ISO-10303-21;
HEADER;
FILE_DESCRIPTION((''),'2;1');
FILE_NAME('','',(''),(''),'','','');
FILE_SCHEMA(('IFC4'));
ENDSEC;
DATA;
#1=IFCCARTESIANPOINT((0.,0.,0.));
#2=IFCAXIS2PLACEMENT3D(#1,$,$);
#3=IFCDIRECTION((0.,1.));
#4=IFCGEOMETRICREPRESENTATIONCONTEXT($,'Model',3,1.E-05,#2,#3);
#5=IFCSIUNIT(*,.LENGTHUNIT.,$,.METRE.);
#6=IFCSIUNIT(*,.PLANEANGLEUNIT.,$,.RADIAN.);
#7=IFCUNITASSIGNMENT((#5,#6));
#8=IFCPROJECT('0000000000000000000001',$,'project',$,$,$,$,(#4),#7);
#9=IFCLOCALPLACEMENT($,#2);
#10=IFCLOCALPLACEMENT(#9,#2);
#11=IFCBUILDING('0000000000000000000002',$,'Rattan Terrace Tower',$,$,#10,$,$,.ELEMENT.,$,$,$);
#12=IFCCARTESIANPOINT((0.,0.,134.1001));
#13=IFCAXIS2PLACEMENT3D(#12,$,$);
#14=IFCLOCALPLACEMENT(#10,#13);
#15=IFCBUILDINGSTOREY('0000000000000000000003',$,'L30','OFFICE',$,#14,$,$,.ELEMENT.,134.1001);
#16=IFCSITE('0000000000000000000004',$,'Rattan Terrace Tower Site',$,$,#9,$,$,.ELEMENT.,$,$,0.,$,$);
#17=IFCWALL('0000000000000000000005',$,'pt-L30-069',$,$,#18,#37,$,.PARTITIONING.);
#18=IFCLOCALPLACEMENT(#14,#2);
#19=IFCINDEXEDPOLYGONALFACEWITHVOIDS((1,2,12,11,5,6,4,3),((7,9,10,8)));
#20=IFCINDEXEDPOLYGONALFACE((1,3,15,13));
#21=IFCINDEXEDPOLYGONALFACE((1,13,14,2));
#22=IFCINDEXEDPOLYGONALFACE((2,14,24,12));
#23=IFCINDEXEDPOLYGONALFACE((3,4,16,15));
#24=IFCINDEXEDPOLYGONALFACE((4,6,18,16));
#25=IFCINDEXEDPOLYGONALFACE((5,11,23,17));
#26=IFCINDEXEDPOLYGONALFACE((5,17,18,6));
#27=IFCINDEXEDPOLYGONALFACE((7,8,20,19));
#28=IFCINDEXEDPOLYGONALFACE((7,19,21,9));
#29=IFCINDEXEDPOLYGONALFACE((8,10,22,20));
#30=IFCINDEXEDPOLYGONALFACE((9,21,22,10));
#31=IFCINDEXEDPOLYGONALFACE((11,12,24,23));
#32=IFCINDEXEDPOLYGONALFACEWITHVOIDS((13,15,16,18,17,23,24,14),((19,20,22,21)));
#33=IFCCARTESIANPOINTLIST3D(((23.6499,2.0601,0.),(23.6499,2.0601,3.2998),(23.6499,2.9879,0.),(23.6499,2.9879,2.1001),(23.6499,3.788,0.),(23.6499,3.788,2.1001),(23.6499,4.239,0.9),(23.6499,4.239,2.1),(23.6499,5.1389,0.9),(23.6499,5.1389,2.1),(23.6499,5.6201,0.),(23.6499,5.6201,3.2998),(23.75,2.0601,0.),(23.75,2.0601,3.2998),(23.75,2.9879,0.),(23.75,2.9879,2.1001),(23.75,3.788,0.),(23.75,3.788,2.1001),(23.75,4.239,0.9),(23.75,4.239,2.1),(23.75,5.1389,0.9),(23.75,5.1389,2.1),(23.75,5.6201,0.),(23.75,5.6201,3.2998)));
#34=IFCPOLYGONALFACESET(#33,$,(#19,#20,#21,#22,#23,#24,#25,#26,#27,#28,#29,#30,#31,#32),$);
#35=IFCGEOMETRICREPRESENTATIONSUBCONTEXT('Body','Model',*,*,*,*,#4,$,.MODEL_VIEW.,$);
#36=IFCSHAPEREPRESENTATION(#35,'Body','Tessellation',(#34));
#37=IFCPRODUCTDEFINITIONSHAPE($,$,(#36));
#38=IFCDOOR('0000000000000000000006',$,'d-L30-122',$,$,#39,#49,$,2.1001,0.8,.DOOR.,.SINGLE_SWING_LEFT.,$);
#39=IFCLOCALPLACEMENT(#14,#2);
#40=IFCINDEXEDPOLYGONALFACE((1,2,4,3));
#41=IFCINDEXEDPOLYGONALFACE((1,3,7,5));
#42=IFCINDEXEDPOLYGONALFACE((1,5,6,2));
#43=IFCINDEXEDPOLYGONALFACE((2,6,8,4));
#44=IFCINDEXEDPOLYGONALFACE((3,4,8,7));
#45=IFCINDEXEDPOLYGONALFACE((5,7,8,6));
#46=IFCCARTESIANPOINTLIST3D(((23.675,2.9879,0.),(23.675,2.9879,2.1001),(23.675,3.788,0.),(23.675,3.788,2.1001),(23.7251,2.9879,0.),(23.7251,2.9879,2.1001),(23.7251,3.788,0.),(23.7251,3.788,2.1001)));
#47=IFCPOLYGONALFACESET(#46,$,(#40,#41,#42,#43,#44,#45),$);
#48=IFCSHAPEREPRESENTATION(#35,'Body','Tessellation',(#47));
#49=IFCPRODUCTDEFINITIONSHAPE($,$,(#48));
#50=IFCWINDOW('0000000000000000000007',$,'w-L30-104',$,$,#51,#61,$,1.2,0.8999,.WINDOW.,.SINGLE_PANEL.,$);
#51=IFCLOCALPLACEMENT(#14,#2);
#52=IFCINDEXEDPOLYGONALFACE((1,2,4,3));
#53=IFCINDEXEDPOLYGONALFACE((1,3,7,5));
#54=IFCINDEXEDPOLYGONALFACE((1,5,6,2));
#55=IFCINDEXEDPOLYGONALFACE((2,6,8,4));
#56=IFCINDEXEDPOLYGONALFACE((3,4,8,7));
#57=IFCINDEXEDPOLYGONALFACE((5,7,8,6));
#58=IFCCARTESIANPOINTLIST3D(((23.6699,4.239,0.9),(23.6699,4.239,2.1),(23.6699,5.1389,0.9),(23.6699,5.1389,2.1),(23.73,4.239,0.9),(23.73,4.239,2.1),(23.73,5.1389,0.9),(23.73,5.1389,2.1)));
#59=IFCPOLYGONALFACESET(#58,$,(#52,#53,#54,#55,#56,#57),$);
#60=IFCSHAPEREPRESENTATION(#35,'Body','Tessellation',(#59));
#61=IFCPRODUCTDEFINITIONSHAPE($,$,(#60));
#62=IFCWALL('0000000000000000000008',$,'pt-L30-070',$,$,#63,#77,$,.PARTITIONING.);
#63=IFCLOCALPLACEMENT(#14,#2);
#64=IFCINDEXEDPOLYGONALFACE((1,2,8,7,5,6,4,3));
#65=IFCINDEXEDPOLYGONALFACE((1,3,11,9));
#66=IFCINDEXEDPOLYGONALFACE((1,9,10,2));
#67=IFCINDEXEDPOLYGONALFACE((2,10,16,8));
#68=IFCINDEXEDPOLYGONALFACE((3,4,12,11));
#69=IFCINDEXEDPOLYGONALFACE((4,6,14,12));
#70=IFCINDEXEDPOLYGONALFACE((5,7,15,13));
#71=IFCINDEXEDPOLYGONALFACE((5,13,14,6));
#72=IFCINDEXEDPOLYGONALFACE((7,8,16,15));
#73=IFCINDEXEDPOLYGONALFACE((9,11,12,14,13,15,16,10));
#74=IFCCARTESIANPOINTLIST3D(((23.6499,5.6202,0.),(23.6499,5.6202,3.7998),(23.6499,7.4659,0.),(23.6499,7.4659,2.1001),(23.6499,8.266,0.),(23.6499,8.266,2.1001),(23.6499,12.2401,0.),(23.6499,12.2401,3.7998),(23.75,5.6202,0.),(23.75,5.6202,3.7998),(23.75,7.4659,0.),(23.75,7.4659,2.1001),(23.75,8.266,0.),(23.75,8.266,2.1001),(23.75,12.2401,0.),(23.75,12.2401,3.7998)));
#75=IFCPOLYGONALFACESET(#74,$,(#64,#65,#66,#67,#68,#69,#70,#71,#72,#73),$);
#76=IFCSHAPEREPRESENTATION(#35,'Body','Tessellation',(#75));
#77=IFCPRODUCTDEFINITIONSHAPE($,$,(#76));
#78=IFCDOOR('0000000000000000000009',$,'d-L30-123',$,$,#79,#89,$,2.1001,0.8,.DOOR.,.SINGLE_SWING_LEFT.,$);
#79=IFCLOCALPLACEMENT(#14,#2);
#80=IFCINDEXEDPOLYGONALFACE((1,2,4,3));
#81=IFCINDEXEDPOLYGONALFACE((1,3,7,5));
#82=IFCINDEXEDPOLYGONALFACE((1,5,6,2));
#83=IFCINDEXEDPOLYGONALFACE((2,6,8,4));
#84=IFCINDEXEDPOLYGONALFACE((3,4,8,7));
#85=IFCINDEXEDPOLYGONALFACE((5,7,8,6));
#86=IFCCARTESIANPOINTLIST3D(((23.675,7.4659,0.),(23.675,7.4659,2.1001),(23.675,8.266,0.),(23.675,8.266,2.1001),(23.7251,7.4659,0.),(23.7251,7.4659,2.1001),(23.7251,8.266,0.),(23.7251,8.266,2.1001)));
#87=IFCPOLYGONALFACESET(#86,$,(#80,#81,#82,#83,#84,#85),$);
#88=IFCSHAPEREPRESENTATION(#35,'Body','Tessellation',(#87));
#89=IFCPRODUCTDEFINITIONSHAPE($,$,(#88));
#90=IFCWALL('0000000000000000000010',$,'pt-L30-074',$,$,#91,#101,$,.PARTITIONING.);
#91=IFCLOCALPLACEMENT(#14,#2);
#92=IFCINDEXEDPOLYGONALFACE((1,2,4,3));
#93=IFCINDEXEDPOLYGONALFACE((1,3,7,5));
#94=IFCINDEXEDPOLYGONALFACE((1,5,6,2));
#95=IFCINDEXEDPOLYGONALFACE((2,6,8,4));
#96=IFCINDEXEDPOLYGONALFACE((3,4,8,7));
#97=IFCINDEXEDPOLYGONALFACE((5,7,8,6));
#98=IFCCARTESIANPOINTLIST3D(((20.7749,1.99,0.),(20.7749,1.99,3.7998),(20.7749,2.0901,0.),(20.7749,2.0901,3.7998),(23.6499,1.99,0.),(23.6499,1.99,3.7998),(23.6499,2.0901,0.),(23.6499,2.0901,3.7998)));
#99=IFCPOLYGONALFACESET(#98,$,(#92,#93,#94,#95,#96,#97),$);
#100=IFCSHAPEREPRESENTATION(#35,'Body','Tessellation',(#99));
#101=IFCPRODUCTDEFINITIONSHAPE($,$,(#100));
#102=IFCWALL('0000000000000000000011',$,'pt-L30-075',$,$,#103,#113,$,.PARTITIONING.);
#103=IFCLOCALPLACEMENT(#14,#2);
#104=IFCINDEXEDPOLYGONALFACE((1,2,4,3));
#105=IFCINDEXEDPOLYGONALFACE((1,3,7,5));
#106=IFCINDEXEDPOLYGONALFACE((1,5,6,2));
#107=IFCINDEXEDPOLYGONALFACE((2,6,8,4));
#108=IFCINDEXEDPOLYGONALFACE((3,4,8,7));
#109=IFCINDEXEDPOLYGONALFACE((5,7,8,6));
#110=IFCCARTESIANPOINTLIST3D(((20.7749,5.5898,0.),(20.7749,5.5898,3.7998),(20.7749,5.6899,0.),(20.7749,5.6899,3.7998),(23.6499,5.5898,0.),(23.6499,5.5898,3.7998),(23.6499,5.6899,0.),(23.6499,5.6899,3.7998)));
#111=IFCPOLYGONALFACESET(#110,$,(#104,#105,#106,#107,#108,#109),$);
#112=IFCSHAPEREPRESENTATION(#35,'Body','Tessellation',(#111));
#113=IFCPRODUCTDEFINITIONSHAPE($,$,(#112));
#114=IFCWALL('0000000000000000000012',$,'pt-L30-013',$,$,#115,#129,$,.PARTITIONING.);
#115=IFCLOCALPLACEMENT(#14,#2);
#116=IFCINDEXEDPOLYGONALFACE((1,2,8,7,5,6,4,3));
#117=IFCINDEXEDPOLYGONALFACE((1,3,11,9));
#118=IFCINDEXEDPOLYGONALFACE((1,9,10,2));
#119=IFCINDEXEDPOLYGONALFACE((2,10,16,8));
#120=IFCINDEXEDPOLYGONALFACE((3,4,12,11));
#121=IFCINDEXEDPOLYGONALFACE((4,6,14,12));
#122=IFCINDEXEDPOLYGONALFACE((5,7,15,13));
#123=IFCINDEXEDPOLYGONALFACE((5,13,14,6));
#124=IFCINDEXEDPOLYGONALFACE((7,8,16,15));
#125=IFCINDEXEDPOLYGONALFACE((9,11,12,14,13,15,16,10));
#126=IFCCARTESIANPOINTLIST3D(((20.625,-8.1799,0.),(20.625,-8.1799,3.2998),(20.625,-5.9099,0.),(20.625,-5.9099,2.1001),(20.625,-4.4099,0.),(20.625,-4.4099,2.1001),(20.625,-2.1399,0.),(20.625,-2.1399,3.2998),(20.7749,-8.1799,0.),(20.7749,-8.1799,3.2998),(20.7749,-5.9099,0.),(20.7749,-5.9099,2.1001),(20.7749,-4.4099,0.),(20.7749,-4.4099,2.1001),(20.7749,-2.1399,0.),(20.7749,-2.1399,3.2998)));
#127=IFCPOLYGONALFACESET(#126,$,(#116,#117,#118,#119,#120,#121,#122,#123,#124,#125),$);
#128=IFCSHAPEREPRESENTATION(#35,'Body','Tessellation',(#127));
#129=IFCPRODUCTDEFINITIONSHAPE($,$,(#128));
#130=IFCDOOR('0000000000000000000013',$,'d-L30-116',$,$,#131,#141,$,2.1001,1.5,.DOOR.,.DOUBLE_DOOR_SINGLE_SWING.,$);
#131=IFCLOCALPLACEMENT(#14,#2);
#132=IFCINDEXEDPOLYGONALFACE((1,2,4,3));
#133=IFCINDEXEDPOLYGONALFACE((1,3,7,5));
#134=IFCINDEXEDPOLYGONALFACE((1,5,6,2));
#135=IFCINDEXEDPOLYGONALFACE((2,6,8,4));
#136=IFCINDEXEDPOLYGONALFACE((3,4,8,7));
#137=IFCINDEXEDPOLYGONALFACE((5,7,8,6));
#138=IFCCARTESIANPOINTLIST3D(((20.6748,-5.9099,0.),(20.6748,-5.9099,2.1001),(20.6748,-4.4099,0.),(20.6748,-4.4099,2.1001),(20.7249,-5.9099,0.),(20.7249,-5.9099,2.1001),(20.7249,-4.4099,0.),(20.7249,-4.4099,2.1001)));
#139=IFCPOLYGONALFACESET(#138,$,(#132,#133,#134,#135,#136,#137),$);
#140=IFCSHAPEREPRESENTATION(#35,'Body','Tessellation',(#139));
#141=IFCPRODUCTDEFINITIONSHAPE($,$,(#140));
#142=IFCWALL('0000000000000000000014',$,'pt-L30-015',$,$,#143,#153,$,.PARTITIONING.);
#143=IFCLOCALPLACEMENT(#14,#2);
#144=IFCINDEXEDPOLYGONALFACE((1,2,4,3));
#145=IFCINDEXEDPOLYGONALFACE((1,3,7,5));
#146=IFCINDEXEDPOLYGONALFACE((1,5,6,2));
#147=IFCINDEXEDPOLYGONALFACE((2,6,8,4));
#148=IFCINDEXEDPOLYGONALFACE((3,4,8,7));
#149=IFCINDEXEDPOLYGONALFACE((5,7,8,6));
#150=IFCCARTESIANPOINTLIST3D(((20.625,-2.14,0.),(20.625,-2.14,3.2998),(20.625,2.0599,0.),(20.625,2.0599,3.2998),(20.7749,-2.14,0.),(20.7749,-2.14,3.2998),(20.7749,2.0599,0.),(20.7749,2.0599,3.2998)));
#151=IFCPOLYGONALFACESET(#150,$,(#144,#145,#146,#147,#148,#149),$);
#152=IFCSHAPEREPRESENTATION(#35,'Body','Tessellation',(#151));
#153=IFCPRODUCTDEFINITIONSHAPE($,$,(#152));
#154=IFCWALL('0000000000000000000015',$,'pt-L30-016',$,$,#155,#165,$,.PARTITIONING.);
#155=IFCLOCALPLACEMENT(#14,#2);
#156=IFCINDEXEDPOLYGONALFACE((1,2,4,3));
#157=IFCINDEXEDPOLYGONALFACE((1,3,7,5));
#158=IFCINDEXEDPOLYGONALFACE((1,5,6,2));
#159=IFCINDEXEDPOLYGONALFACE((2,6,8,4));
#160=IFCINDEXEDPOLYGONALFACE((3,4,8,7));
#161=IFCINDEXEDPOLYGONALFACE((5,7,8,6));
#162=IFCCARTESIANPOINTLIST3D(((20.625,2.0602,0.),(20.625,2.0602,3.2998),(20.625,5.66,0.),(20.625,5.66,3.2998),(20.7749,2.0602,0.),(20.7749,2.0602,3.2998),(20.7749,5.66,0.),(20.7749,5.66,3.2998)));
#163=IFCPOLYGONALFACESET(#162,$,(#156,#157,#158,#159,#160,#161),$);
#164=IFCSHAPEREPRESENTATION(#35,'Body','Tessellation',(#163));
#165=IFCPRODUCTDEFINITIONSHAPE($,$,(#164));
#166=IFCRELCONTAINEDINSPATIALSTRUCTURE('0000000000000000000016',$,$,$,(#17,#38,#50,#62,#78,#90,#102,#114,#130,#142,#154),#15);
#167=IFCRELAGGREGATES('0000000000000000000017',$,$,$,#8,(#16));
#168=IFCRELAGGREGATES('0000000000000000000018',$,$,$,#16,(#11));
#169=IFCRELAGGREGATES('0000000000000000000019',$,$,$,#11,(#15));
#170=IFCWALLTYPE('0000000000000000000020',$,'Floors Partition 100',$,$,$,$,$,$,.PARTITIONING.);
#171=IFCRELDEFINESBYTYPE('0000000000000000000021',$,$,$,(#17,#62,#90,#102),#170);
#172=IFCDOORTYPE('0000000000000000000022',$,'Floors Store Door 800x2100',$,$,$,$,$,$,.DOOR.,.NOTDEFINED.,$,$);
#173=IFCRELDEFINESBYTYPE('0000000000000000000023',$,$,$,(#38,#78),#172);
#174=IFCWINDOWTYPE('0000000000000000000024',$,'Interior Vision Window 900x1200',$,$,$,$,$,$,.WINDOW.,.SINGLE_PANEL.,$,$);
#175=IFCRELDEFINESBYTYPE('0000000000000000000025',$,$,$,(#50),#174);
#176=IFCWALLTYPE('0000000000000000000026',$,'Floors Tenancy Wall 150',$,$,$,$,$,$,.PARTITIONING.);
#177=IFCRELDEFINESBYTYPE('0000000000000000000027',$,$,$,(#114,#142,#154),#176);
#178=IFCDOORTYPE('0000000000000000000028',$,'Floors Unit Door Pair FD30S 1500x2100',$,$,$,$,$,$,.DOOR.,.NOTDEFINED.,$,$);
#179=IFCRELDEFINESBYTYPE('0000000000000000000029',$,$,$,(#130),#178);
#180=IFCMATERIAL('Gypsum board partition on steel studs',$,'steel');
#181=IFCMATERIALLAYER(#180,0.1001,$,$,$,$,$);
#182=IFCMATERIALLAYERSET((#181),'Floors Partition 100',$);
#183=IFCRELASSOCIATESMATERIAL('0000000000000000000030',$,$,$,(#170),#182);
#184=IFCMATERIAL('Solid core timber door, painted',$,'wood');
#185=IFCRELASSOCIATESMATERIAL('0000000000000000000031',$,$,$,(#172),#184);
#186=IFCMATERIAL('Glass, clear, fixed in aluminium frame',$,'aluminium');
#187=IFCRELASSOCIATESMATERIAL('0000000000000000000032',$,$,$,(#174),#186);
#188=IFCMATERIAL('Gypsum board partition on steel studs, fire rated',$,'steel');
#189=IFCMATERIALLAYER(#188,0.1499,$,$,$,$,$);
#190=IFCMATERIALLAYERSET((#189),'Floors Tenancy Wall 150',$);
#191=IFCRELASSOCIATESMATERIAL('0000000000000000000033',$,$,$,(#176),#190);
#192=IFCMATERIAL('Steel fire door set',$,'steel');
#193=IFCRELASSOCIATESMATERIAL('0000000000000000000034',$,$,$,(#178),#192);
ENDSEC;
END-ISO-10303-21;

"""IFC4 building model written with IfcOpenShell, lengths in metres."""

from ifc_helpers import new_model, si_unit, direction, frame, frame_2d, origin, place, context, subcontext, project, spatial, rectangle, extrude, material, layer, layer_set, type_object, element, fill, save


model = new_model("IFC4")

# Units and contexts
model_context = context("Model", 3, precision=1e-05, world=origin(), true_north=direction((0.0, 1.0)))
body_context = subcontext(model_context, "Body", "Model", "MODEL_VIEW")
ifc_project = project(units=[si_unit("LENGTHUNIT", "METRE"), si_unit("PLANEANGLEUNIT", "RADIAN")], contexts=[model_context])

# Site, building, storey
site_placement = place(None, origin())
site = spatial("IfcSite", under=ifc_project, at=site_placement, Name="Rattan Terrace Tower Site", CompositionType="ELEMENT", RefElevation=0.0)
building_placement = place(site_placement, origin())
building = spatial("IfcBuilding", under=site, at=building_placement, Name="Rattan Terrace Tower", CompositionType="ELEMENT")
storey_placement = place(building_placement, frame((0.0, 0.0, 134.1001)))
storey = spatial("IfcBuildingStorey", under=building, at=storey_placement, Name="L30", Description="OFFICE", CompositionType="ELEMENT", Elevation=134.1001)

# Shared definitions
ifc_material_1 = material(Name="Gypsum board partition on steel studs", Category="steel")
ifc_layer_1 = layer(ifc_material_1, 0.1001)
ifc_layer_set_1 = layer_set([ifc_layer_1], Name="Floors Partition 100")
wall_type_1 = type_object("IfcWallType", Name="Floors Partition 100", PredefinedType="PARTITIONING", material=ifc_layer_set_1)

# Wall, openings, door, window
wall_1_placement = place(storey_placement, frame((23.7, 2.0601, 0.0), z_axis=(0.0, 0.0, 1.0), x_axis=(0.0, 1.0, 0.0)))
wall_1 = element("IfcWall", 1, at=wall_1_placement, inside=storey, type_object=wall_type_1, Name="pt-L30-069", PredefinedType="PARTITIONING", context=body_context, shape_type="SweptSolid", body=[
    extrude(rectangle(XDim=3.5601, YDim=0.1001, at=frame_2d((1.78, 0.0))), origin(), (0.0, 0.0, 1.0), 3.2998),
])
opening_1_placement = place(wall_1_placement, frame((0.928, 0.0, 0.0)))
opening_1 = element("IfcOpeningElement", 2, at=opening_1_placement, cuts=wall_1, PredefinedType="OPENING", context=body_context, shape_type="SweptSolid", body=[
    extrude(rectangle(XDim=0.8, YDim=2.1001, at=frame_2d((0.3999, 1.05))), frame((0.0, 0.0605, 0.0), z_axis=(0.0, -1.0, 0.0), x_axis=(1.0, 0.0, 0.0)), (0.0, 0.0, 1.0), 0.1211),
])
opening_2_placement = place(wall_1_placement, frame((2.179, 0.0, 0.8999)))
opening_2 = element("IfcOpeningElement", 3, at=opening_2_placement, cuts=wall_1, PredefinedType="OPENING", context=body_context, shape_type="SweptSolid", body=[
    extrude(rectangle(XDim=0.8999, YDim=1.2, at=frame_2d((0.45, 0.6001))), frame((0.0, 0.0605, 0.0), z_axis=(0.0, -1.0, 0.0), x_axis=(1.0, 0.0, 0.0)), (0.0, 0.0, 1.0), 0.1211),
])
ifc_material_2 = material(Name="Solid core timber door, painted", Category="wood")
door_type_1 = type_object("IfcDoorType", Name="Floors Store Door 800x2100", OperationType="NOTDEFINED", PredefinedType="DOOR", material=ifc_material_2)
door_1_placement = place(opening_1_placement, origin())
door_1 = element("IfcDoor", 4, at=door_1_placement, inside=storey, type_object=door_type_1, Name="d-L30-122", OperationType="SINGLE_SWING_LEFT", OverallHeight=2.1001, OverallWidth=0.8, PredefinedType="DOOR", context=body_context, shape_type="SweptSolid", body=[
    extrude(rectangle(XDim=0.8, YDim=2.1001, at=frame_2d((0.3999, 1.05))), frame((0.0, 0.0249, 0.0), z_axis=(0.0, -1.0, 0.0), x_axis=(1.0, 0.0, 0.0)), (0.0, 0.0, 1.0), 0.05),
])
fill(opening_1, door_1)
ifc_material_3 = material(Name="Glass, clear, fixed in aluminium frame", Category="aluminium")
window_type = type_object("IfcWindowType", Name="Interior Vision Window 900x1200", PartitioningType="SINGLE_PANEL", PredefinedType="WINDOW", material=ifc_material_3)
window_placement = place(opening_2_placement, origin())
window = element("IfcWindow", 5, at=window_placement, inside=storey, type_object=window_type, Name="w-L30-104", OverallHeight=1.2, OverallWidth=0.8999, PartitioningType="SINGLE_PANEL", PredefinedType="WINDOW", context=body_context, shape_type="SweptSolid", body=[
    extrude(rectangle(XDim=0.8999, YDim=1.2, at=frame_2d((0.45, 0.6001))), frame((0.0, 0.03, 0.0), z_axis=(0.0, -1.0, 0.0), x_axis=(1.0, 0.0, 0.0)), (0.0, 0.0, 1.0), 0.0601),
])
fill(opening_2, window)

# Wall, opening, door
wall_2_placement = place(storey_placement, frame((23.7, 5.6201, 0.0), z_axis=(0.0, 0.0, 1.0), x_axis=(0.0, 1.0, 0.0)))
wall_2 = element("IfcWall", 6, at=wall_2_placement, inside=storey, type_object=wall_type_1, Name="pt-L30-070", PredefinedType="PARTITIONING", context=body_context, shape_type="SweptSolid", body=[
    extrude(rectangle(XDim=6.6199, YDim=0.1001, at=frame_2d((3.3101, 0.0))), origin(), (0.0, 0.0, 1.0), 3.7998),
])
opening_3_placement = place(wall_2_placement, frame((1.8459, 0.0, 0.0)))
opening_3 = element("IfcOpeningElement", 7, at=opening_3_placement, cuts=wall_2, PredefinedType="OPENING", context=body_context, shape_type="SweptSolid", body=[
    extrude(rectangle(XDim=0.8, YDim=2.1001, at=frame_2d((0.3999, 1.05))), frame((0.0, 0.0605, 0.0), z_axis=(0.0, -1.0, 0.0), x_axis=(1.0, 0.0, 0.0)), (0.0, 0.0, 1.0), 0.1211),
])
door_2_placement = place(opening_3_placement, origin())
door_2 = element("IfcDoor", 8, at=door_2_placement, inside=storey, type_object=door_type_1, Name="d-L30-123", OperationType="SINGLE_SWING_LEFT", OverallHeight=2.1001, OverallWidth=0.8, PredefinedType="DOOR", context=body_context, shape_type="SweptSolid", body=[
    extrude(rectangle(XDim=0.8, YDim=2.1001, at=frame_2d((0.3999, 1.05))), frame((0.0, 0.0249, 0.0), z_axis=(0.0, -1.0, 0.0), x_axis=(1.0, 0.0, 0.0)), (0.0, 0.0, 1.0), 0.05),
])
fill(opening_3, door_2)

# Walls
for number, where, z_axis, x_axis, name in (
    (9, (20.7749, 2.04, 0.0), (0.0, 0.0, 1.0), (1.0, 0.0, 0.0), "pt-L30-074"),
    (10, (20.7749, 5.6399, 0.0), (0.0, 0.0, 1.0), (1.0, 0.0, 0.0), "pt-L30-075"),
):
    element("IfcWall", number, at=place(storey_placement, frame(where, z_axis=z_axis, x_axis=x_axis)), inside=storey, type_object=wall_type_1, Name=name, PredefinedType="PARTITIONING", context=body_context, shape_type="SweptSolid", body=[
        extrude(rectangle(XDim=2.875, YDim=0.1001, at=frame_2d((1.4375, 0.0))), origin(), (0.0, 0.0, 1.0), 3.7998),
    ])

# Wall, opening, door
ifc_material_4 = material(Name="Gypsum board partition on steel studs, fire rated", Category="steel")
ifc_layer_2 = layer(ifc_material_4, 0.1499)
ifc_layer_set_2 = layer_set([ifc_layer_2], Name="Floors Tenancy Wall 150")
wall_type_2 = type_object("IfcWallType", Name="Floors Tenancy Wall 150", PredefinedType="PARTITIONING", material=ifc_layer_set_2)
wall_3_placement = place(storey_placement, frame((20.7, -2.1399, 0.0), z_axis=(0.0, 0.0, 1.0), x_axis=(0.0, -1.0, 0.0)))
wall_3 = element("IfcWall", 11, at=wall_3_placement, inside=storey, type_object=wall_type_2, Name="pt-L30-013", PredefinedType="PARTITIONING", context=body_context, shape_type="SweptSolid", body=[
    extrude(rectangle(XDim=6.04, YDim=0.1499, at=frame_2d((3.02, 0.0))), origin(), (0.0, 0.0, 1.0), 3.2998),
])
opening_4_placement = place(wall_3_placement, frame((2.27, 0.0, 0.0)))
opening_4 = element("IfcOpeningElement", 12, at=opening_4_placement, cuts=wall_3, PredefinedType="OPENING", context=body_context, shape_type="SweptSolid", body=[
    extrude(rectangle(XDim=1.5, YDim=2.1001, at=frame_2d((0.75, 1.05))), frame((0.0, 0.0854, 0.0), z_axis=(0.0, -1.0, 0.0), x_axis=(1.0, 0.0, 0.0)), (0.0, 0.0, 1.0), 0.1709),
])
ifc_material_5 = material(Name="Steel fire door set", Category="steel")
door_type_2 = type_object("IfcDoorType", Name="Floors Unit Door Pair FD30S 1500x2100", OperationType="NOTDEFINED", PredefinedType="DOOR", material=ifc_material_5)
door_3_placement = place(opening_4_placement, origin())
door_3 = element("IfcDoor", 13, at=door_3_placement, inside=storey, type_object=door_type_2, Name="d-L30-116", OperationType="DOUBLE_DOOR_SINGLE_SWING", OverallHeight=2.1001, OverallWidth=1.5, PredefinedType="DOOR", context=body_context, shape_type="SweptSolid", body=[
    extrude(rectangle(XDim=1.5, YDim=2.1001, at=frame_2d((0.75, 1.05))), frame((0.0, 0.0249, 0.0), z_axis=(0.0, -1.0, 0.0), x_axis=(1.0, 0.0, 0.0)), (0.0, 0.0, 1.0), 0.05),
])
fill(opening_4, door_3)

# Walls
wall_4_placement = place(storey_placement, frame((20.7, 2.0601, 0.0), z_axis=(0.0, 0.0, 1.0), x_axis=(0.0, -1.0, 0.0)))
element("IfcWall", 14, at=wall_4_placement, inside=storey, type_object=wall_type_2, Name="pt-L30-015", PredefinedType="PARTITIONING", context=body_context, shape_type="SweptSolid", body=[
    extrude(rectangle(XDim=4.2, YDim=0.1499, at=frame_2d((2.1001, 0.0))), origin(), (0.0, 0.0, 1.0), 3.2998),
])
wall_5_placement = place(storey_placement, frame((20.7, 5.6599, 0.0), z_axis=(0.0, 0.0, 1.0), x_axis=(0.0, -1.0, 0.0)))
element("IfcWall", 15, at=wall_5_placement, inside=storey, type_object=wall_type_2, Name="pt-L30-016", PredefinedType="PARTITIONING", context=body_context, shape_type="SweptSolid", body=[
    extrude(rectangle(XDim=3.5999, YDim=0.1499, at=frame_2d((1.7998, 0.0))), origin(), (0.0, 0.0, 1.0), 3.2998),
])

save(model, "model.ifc")
